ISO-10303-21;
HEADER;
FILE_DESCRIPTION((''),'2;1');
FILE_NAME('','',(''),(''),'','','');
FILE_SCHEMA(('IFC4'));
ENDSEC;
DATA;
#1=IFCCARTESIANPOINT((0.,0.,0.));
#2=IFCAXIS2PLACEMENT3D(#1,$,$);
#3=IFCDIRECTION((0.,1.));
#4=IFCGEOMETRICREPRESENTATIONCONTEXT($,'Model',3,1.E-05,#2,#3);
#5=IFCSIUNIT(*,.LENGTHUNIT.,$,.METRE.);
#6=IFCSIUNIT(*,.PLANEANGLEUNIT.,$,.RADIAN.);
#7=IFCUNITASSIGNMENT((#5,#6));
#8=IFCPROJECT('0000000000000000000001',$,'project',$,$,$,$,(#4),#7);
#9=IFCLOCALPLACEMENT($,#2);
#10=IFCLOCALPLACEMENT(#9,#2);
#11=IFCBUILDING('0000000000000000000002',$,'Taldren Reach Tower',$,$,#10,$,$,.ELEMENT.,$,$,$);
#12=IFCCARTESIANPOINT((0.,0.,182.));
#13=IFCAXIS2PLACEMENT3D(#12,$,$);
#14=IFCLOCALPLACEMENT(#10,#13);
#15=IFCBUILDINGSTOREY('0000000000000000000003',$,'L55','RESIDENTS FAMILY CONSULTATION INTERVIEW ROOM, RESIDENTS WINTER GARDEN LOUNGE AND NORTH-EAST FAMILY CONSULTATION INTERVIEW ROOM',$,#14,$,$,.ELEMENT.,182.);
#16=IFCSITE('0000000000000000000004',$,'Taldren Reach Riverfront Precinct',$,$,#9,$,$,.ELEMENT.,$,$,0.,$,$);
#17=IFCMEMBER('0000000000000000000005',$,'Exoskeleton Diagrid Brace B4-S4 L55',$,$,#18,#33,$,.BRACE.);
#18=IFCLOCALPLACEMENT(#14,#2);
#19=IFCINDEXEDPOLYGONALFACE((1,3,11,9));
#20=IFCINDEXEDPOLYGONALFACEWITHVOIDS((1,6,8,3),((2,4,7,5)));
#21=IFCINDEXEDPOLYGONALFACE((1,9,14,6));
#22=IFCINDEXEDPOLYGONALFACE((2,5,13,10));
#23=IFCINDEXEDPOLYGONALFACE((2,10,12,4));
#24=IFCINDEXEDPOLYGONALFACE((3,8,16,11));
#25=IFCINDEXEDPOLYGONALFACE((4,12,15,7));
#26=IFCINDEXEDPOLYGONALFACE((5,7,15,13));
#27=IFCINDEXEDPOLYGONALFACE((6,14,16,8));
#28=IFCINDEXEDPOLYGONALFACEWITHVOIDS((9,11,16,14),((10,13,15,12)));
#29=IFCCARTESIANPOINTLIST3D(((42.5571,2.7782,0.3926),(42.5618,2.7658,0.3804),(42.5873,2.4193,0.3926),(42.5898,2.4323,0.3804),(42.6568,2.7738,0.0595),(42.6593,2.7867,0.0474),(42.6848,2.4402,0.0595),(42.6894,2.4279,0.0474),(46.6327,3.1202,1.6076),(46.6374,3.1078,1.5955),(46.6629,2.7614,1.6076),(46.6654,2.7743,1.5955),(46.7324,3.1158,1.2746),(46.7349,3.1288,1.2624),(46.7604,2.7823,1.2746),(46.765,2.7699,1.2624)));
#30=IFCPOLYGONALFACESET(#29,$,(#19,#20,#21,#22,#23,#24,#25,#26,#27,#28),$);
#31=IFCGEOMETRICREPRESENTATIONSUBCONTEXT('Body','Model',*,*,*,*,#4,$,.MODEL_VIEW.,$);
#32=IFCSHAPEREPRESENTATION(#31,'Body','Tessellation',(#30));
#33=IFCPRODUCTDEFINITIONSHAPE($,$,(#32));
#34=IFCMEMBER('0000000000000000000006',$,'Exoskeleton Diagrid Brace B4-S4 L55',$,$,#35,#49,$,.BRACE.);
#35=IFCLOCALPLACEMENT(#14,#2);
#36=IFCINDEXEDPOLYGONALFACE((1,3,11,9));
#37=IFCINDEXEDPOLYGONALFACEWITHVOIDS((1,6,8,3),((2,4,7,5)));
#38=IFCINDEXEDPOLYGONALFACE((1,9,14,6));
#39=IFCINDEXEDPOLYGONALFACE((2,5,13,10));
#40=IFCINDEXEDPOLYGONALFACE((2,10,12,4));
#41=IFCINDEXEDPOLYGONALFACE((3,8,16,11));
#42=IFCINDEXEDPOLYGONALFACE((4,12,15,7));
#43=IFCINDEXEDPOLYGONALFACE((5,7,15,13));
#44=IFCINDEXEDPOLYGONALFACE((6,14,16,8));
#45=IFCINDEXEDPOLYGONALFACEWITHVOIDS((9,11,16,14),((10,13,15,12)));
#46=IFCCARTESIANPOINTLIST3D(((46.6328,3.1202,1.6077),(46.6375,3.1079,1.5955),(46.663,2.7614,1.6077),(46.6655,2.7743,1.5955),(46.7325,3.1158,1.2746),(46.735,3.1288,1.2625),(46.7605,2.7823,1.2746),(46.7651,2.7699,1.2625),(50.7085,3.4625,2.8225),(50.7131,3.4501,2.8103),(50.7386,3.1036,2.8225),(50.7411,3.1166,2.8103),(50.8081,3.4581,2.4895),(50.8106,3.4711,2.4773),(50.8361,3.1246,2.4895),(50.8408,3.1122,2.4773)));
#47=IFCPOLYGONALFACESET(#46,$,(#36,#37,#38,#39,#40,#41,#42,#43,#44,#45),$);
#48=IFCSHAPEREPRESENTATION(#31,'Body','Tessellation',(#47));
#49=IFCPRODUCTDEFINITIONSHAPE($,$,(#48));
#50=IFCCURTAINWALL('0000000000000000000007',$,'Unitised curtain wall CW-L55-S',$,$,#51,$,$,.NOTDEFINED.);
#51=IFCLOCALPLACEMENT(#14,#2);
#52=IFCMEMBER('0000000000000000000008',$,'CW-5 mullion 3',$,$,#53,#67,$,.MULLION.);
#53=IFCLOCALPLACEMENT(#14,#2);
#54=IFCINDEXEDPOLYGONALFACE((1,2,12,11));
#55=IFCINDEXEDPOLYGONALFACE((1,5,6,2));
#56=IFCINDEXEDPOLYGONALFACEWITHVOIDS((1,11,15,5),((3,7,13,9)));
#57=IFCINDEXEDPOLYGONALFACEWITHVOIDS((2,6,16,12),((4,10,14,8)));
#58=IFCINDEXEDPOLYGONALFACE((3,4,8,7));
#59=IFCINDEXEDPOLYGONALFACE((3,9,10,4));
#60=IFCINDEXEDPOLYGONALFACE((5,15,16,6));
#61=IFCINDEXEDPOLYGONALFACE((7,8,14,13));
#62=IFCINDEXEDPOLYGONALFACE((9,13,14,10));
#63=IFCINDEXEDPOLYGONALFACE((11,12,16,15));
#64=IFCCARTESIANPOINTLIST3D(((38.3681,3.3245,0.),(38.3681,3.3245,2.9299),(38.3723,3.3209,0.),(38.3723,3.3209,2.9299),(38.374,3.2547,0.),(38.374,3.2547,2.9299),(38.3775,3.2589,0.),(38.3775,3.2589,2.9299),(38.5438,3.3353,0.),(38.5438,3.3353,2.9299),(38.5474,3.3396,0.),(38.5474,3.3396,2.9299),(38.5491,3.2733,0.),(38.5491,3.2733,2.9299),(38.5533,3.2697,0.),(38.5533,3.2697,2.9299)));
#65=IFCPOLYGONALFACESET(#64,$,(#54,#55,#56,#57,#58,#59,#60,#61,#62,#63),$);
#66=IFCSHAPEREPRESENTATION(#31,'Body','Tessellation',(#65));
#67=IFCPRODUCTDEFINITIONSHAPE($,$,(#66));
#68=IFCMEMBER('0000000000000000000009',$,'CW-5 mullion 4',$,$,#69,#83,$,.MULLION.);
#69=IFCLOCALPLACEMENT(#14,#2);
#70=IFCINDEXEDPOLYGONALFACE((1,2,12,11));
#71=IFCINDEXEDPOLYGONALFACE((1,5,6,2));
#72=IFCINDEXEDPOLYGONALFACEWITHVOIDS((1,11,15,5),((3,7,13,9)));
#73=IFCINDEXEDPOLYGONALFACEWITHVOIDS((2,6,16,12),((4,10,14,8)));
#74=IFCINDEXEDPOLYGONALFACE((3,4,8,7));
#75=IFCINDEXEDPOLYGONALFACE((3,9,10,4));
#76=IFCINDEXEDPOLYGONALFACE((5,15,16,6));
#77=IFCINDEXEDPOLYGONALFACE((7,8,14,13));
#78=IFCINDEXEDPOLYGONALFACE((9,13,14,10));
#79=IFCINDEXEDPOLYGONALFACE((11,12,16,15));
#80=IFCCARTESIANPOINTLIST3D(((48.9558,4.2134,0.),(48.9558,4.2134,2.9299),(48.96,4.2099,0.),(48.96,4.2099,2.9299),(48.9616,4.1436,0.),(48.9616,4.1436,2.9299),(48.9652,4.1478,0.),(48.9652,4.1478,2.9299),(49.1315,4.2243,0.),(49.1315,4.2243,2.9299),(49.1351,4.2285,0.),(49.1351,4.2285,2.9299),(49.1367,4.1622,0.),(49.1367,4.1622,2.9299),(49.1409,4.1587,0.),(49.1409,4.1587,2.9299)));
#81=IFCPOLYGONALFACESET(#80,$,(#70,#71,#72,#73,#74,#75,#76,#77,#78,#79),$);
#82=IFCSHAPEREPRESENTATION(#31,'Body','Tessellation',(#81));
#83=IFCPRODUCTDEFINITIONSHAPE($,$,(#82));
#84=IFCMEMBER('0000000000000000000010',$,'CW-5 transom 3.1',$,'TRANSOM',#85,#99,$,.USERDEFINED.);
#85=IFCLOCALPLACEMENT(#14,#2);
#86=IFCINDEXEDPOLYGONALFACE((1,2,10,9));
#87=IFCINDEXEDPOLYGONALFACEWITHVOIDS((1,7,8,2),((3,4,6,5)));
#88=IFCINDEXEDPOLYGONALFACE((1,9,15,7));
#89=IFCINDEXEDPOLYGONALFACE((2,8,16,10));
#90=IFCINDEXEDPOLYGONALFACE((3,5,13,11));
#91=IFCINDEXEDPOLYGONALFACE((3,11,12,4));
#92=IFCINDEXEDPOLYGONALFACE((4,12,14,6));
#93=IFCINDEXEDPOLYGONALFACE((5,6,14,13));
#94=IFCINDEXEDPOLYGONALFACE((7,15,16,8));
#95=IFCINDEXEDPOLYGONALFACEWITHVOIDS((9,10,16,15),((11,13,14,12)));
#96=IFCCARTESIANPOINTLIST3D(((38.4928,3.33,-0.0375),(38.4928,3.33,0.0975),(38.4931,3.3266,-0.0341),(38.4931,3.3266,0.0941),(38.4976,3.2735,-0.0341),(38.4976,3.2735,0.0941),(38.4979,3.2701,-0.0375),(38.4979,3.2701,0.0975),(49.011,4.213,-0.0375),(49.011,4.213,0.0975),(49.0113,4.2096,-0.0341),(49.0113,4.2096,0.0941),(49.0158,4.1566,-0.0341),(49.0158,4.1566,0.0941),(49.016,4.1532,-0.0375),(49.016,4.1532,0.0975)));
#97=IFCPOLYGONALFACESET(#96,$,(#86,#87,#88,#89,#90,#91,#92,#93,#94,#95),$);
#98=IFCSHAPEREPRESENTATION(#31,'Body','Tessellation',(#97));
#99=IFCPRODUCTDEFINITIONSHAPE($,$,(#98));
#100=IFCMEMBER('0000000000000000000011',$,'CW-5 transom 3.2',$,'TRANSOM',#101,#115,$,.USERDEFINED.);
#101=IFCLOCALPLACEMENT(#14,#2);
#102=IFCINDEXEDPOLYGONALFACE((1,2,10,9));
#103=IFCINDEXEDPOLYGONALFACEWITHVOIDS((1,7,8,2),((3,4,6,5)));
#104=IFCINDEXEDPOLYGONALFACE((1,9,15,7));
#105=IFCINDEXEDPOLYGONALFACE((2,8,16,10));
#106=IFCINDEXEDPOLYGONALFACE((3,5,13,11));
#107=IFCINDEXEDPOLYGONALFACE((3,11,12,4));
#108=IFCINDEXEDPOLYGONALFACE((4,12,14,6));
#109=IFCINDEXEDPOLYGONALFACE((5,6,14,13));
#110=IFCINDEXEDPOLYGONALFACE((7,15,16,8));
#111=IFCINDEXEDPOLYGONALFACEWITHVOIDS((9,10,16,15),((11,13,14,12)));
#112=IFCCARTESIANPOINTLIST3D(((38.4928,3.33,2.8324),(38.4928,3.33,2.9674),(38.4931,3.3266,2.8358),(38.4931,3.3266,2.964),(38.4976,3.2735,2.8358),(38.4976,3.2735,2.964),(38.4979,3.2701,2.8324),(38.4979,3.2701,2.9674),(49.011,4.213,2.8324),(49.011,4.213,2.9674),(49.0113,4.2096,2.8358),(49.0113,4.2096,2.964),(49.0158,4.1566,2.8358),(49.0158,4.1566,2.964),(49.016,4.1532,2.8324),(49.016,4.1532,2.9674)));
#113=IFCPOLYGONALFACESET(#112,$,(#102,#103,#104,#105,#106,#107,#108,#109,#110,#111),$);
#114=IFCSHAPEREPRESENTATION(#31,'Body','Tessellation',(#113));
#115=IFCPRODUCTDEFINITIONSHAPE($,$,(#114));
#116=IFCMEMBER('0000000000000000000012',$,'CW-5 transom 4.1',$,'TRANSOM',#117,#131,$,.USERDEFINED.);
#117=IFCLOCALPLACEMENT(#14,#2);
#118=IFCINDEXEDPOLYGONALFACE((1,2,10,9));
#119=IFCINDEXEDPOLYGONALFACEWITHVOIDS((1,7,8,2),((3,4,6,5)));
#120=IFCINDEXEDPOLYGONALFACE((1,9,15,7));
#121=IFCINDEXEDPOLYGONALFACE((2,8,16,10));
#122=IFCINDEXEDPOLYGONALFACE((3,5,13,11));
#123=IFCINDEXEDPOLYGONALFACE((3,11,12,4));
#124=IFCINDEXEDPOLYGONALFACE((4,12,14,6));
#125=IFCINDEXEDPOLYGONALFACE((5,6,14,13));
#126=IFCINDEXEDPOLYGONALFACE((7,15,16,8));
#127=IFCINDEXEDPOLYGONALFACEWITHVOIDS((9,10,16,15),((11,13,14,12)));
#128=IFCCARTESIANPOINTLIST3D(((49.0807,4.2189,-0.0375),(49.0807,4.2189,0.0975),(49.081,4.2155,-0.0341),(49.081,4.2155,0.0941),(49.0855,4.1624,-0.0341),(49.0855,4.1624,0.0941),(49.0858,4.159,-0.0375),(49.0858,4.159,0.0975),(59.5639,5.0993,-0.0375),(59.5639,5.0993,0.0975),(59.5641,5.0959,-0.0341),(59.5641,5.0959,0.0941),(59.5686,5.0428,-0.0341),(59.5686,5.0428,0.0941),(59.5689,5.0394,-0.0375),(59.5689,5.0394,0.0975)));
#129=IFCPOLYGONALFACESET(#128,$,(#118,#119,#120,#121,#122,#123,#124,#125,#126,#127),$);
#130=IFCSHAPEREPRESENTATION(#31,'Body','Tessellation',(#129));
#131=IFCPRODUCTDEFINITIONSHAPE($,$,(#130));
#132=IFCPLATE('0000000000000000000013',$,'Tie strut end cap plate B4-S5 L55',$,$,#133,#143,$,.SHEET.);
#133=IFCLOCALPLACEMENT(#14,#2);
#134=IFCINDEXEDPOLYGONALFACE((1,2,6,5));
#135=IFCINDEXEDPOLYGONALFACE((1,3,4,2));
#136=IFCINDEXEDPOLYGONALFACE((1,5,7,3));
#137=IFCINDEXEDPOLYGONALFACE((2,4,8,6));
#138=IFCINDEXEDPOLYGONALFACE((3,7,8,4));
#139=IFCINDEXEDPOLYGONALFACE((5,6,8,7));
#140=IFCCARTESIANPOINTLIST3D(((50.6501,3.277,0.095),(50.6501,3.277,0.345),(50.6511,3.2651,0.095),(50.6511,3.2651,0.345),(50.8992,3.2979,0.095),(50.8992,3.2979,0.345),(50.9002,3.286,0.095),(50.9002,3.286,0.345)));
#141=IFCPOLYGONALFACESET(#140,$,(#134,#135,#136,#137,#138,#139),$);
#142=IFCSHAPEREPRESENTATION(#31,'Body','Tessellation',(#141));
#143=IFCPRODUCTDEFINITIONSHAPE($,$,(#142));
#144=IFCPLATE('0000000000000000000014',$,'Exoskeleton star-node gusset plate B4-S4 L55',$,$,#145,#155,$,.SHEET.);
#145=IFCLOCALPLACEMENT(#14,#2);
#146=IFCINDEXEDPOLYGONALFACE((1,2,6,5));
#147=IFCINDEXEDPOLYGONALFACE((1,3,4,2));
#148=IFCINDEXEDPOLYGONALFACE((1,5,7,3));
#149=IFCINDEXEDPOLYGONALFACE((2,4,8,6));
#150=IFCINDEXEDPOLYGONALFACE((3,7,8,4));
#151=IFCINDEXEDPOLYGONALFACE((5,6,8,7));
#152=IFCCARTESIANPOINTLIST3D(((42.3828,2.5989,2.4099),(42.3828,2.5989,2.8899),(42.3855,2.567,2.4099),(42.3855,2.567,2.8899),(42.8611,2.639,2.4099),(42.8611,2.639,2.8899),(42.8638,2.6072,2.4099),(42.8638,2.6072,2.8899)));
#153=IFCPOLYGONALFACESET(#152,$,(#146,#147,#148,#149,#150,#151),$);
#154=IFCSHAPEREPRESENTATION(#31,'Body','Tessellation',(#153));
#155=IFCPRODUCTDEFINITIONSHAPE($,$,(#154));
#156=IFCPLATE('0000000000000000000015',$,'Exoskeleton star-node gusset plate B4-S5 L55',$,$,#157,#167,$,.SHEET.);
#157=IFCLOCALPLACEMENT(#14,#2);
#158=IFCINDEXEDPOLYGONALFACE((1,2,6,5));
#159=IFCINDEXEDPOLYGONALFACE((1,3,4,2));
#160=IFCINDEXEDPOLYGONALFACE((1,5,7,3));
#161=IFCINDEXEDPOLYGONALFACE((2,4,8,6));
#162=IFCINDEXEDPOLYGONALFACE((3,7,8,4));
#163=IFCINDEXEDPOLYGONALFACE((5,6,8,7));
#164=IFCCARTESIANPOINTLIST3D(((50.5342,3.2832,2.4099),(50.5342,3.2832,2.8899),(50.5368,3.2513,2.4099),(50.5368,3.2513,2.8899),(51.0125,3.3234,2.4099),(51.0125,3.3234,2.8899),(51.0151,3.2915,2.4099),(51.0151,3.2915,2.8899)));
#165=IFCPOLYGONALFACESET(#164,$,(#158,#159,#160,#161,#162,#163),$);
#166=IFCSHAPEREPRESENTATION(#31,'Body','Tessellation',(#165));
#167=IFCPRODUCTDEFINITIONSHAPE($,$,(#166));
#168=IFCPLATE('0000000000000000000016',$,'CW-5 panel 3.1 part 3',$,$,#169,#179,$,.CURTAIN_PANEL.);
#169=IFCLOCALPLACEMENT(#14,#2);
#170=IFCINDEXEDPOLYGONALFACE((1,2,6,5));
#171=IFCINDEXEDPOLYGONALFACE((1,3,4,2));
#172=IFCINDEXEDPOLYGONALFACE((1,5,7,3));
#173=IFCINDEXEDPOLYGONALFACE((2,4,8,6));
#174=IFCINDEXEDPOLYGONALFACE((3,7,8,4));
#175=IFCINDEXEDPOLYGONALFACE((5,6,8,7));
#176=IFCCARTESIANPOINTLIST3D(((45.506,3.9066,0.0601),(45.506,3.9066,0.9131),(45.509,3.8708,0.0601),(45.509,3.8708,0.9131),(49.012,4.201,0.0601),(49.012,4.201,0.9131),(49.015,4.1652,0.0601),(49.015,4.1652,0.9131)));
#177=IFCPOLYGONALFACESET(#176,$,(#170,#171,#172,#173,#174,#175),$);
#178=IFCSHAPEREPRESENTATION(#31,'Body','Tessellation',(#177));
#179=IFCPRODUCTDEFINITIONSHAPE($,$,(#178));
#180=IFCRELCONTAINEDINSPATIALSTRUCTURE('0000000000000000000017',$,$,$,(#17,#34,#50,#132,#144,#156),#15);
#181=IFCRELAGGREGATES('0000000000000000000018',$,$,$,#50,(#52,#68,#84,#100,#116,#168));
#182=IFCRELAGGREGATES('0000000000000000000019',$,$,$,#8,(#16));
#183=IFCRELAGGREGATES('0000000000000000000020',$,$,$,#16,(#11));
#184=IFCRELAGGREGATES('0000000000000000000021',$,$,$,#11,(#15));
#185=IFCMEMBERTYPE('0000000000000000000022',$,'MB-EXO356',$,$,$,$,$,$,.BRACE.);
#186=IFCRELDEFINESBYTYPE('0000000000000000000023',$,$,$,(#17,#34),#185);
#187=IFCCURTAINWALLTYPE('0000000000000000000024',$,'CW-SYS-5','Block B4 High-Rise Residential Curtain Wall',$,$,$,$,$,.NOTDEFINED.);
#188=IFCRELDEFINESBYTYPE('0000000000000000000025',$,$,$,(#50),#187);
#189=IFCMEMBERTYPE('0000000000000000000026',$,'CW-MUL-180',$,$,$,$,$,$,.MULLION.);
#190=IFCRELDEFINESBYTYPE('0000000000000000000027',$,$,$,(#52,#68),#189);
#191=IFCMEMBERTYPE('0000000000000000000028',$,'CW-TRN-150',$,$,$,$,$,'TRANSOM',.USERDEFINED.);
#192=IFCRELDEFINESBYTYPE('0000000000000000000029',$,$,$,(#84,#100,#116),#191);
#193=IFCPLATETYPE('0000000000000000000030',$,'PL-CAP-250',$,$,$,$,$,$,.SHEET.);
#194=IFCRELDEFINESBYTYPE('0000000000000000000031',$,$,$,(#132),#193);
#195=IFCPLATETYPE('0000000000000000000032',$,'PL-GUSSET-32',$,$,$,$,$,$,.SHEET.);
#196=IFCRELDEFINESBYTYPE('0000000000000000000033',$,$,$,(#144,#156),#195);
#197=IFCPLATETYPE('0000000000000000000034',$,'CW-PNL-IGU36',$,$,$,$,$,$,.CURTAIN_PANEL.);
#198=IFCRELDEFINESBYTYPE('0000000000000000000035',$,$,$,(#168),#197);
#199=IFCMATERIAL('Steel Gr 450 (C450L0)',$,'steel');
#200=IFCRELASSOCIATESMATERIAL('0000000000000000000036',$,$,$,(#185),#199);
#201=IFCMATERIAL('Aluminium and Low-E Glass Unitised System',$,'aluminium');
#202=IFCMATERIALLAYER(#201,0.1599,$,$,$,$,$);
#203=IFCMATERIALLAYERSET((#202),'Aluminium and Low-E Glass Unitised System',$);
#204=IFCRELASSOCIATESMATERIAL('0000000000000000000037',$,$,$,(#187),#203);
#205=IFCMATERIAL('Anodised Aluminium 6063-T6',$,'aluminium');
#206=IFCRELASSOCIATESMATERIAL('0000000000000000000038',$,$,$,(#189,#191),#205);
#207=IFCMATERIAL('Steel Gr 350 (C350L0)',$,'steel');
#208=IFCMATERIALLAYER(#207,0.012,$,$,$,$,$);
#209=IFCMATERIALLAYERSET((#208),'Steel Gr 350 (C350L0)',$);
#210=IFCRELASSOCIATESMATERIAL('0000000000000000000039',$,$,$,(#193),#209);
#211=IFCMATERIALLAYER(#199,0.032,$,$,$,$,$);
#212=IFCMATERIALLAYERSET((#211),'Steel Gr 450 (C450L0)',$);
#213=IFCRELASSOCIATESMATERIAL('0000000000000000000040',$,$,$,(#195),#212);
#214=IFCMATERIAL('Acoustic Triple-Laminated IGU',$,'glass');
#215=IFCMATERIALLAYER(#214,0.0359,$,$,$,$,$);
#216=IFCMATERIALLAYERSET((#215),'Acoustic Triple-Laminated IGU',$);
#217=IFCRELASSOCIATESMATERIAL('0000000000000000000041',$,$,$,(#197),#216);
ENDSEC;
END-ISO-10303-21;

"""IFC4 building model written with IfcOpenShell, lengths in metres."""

from ifc_helpers import new_model, si_unit, direction, frame, origin, origin_2d, place, context, subcontext, project, spatial, rectangle, hollow_rectangle, extrude, source, transform, mapped, material, layer, layer_set, material_profile, profile_set, type_object, element, aggregate, save


model = new_model("IFC4")

# Units and contexts
model_context = context("Model", 3, precision=1e-05, world=origin(), true_north=direction((0.0, 1.0)))
body_context = subcontext(model_context, "Body", "Model", "MODEL_VIEW")
ifc_project = project(units=[si_unit("LENGTHUNIT", "METRE"), si_unit("PLANEANGLEUNIT", "RADIAN")], contexts=[model_context])

# Site, building, storey
site_placement = place(None, origin())
site = spatial("IfcSite", under=ifc_project, at=site_placement, Name="Taldren Reach Riverfront Precinct", CompositionType="ELEMENT", RefElevation=0.0)
building_placement = place(site_placement, origin())
building = spatial("IfcBuilding", under=site, at=building_placement, Name="Taldren Reach Tower", CompositionType="ELEMENT")
storey_placement = place(building_placement, frame((0.0, 0.0, 182.0)))
storey = spatial("IfcBuildingStorey", under=building, at=storey_placement, Name="L55", Description="RESIDENTS FAMILY CONSULTATION INTERVIEW ROOM, RESIDENTS WINTER GARDEN LOUNGE AND NORTH-EAST FAMILY CONSULTATION INTERVIEW ROOM", CompositionType="ELEMENT", Elevation=182.0)

# Shared definitions
ifc_material_1 = material(Name="Steel Gr 350 (C350L0)", Category="steel")

# Members
ifc_material_2 = material(Name="Steel Gr 450 (C450L0)", Category="steel")
ifc_material_profile_1 = material_profile(ifc_material_2, hollow_rectangle(XDim=0.3601, YDim=0.3601, WallThickness=0.0127, at=origin_2d()), Name="360x360x12.7SHS")
ifc_profile_set_1 = profile_set([ifc_material_profile_1], Name="Steel Gr 450 (C450L0)")
member_type_1 = type_object("IfcMemberType", Name="MB-EXO356", PredefinedType="BRACE", material=ifc_profile_set_1)
shared_shape_1 = source(origin(), body_context, "Body", "SweptSolid", [
    extrude(hollow_rectangle(XDim=0.3601, YDim=0.3601, WallThickness=0.0127, at=origin_2d()), origin(), (0.0, 0.0, 1.0), 4.2666),
])
for number, where, z_axis, x_axis, name in (
    (1, (42.6233, 2.603, 0.22), (0.955234, 0.080165, 0.284785), (-0.083628, 0.996497, 0.0), "Exoskeleton Diagrid Brace B4-S4 L55"),
    (2, (46.699, 2.9451, 1.4351), (0.955245, 0.080224, 0.284731), (-0.083688, 0.996492, 0.0), "Exoskeleton Diagrid Brace B4-S4 L55"),
):
    element("IfcMember", number, at=place(storey_placement, frame(where, z_axis=z_axis, x_axis=x_axis)), inside=storey, type_object=member_type_1, Name=name, PredefinedType="BRACE", context=body_context, shape_type="MappedRepresentation", body=[
        mapped(shared_shape_1, transform((0.0, 0.0, 0.0), scale=1.0)),
    ])

# Curtain wall, members
ifc_material_3 = material(Name="Aluminium and Low-E Glass Unitised System", Category="aluminium")
ifc_layer_1 = layer(ifc_material_3, 0.1599)
ifc_layer_set_1 = layer_set([ifc_layer_1], Name="Aluminium and Low-E Glass Unitised System")
curtain_wall_type = type_object("IfcCurtainWallType", Name="CW-SYS-5", Description="Block B4 High-Rise Residential Curtain Wall", PredefinedType="NOTDEFINED", material=ifc_layer_set_1)
curtain_wall_placement = place(storey_placement, origin())
curtain_wall = element("IfcCurtainWall", 3, at=curtain_wall_placement, inside=storey, type_object=curtain_wall_type, Name="Unitised curtain wall CW-L55-S", PredefinedType="NOTDEFINED")
ifc_material_4 = material(Name="Anodised Aluminium 6063-T6", Category="aluminium")
ifc_material_profile_2 = material_profile(ifc_material_4, hollow_rectangle(XDim=0.0701, YDim=0.1799, WallThickness=0.0039, at=origin_2d()), Name="ALU-180x70x4RHS")
ifc_profile_set_2 = profile_set([ifc_material_profile_2], Name="Anodised Aluminium 6063-T6")
member_type_2 = type_object("IfcMemberType", Name="CW-MUL-180", PredefinedType="MULLION", material=ifc_profile_set_2)
shared_shape_2 = source(origin(), body_context, "Body", "SweptSolid", [
    extrude(hollow_rectangle(XDim=0.0701, YDim=0.1799, WallThickness=0.0039, at=origin_2d()), origin(), (0.0, 0.0, 1.0), 2.9299),
])
member_1_placement = place(storey_placement, frame((38.4607, 3.2971, 0.0), z_axis=(0.0, 0.0, 1.0), x_axis=(-0.083678, 0.996493, 0.0)))
member_1 = element("IfcMember", 4, at=member_1_placement, type_object=member_type_2, Name="CW-5 mullion 3", PredefinedType="MULLION", context=body_context, shape_type="MappedRepresentation", body=[
    mapped(shared_shape_2, transform((0.0, 0.0, 0.0), scale=1.0)),
])
member_2_placement = place(storey_placement, frame((49.0483, 4.186, 0.0), z_axis=(0.0, 0.0, 1.0), x_axis=(-0.083678, 0.996493, 0.0)))
member_2 = element("IfcMember", 5, at=member_2_placement, type_object=member_type_2, Name="CW-5 mullion 4", PredefinedType="MULLION", context=body_context, shape_type="MappedRepresentation", body=[
    mapped(shared_shape_2, transform((0.0, 0.0, 0.0), scale=1.0)),
])
ifc_material_profile_3 = material_profile(ifc_material_4, hollow_rectangle(XDim=0.0601, YDim=0.135, WallThickness=0.0034, at=origin_2d()), Name="ALU-135x60x3.5RHS")
ifc_profile_set_3 = profile_set([ifc_material_profile_3], Name="Anodised Aluminium 6063-T6")
member_type_3 = type_object("IfcMemberType", Name="CW-TRN-150", ElementType="TRANSOM", PredefinedType="USERDEFINED", material=ifc_profile_set_3)
shared_shape_3 = source(origin(), body_context, "Body", "SweptSolid", [
    extrude(hollow_rectangle(XDim=0.0601, YDim=0.135, WallThickness=0.0034, at=origin_2d()), origin(), (0.0, 0.0, 1.0), 10.5552),
])
member_3_placement = place(storey_placement, frame((38.4954, 3.3, 0.03), z_axis=(0.996494, 0.083662, 0.0), x_axis=(-0.083662, 0.996494, 0.0)))
member_3 = element("IfcMember", 6, at=member_3_placement, type_object=member_type_3, Name="CW-5 transom 3.1", ObjectType="TRANSOM", PredefinedType="USERDEFINED", context=body_context, shape_type="MappedRepresentation", body=[
    mapped(shared_shape_3, transform((0.0, 0.0, 0.0), scale=1.0)),
])
member_4_placement = place(storey_placement, frame((38.4954, 3.3, 2.8999), z_axis=(0.996494, 0.083662, 0.0), x_axis=(-0.083662, 0.996494, 0.0)))
member_4 = element("IfcMember", 7, at=member_4_placement, type_object=member_type_3, Name="CW-5 transom 3.2", ObjectType="TRANSOM", PredefinedType="USERDEFINED", context=body_context, shape_type="MappedRepresentation", body=[
    mapped(shared_shape_3, transform((0.0, 0.0, 0.0), scale=1.0)),
])
shared_shape_4 = source(origin(), body_context, "Body", "SweptSolid", [
    extrude(hollow_rectangle(XDim=0.0601, YDim=0.135, WallThickness=0.0034, at=origin_2d()), origin(), (0.0, 0.0, 1.0), 10.52),
])
member_5_placement = place(storey_placement, frame((49.0833, 4.189, 0.03), z_axis=(0.996492, 0.083685, 0.0), x_axis=(-0.083685, 0.996492, 0.0)))
member_5 = element("IfcMember", 8, at=member_5_placement, type_object=member_type_3, Name="CW-5 transom 4.1", ObjectType="TRANSOM", PredefinedType="USERDEFINED", context=body_context, shape_type="MappedRepresentation", body=[
    mapped(shared_shape_4, transform((0.0, 0.0, 0.0), scale=1.0)),
])

# Plates
ifc_layer_2 = layer(ifc_material_1, 0.012)
ifc_layer_set_2 = layer_set([ifc_layer_2], Name="Steel Gr 350 (C350L0)")
plate_type_1 = type_object("IfcPlateType", Name="PL-CAP-250", PredefinedType="SHEET", material=ifc_layer_set_2)
shared_shape_5 = source(origin(), body_context, "Body", "SweptSolid", [
    extrude(rectangle(XDim=0.25, YDim=0.012, at=origin_2d()), origin(), (0.0, 0.0, 1.0), 0.25),
])
plate_1_placement = place(storey_placement, frame((50.7751, 3.2815, 0.095), z_axis=(0.0, 0.0, 1.0), x_axis=(0.996493, 0.083678, 0.0)))
element("IfcPlate", 9, at=plate_1_placement, inside=storey, type_object=plate_type_1, Name="Tie strut end cap plate B4-S5 L55", PredefinedType="SHEET", context=body_context, shape_type="MappedRepresentation", body=[
    mapped(shared_shape_5, transform((0.0, 0.0, 0.0), scale=1.0)),
])
ifc_layer_3 = layer(ifc_material_2, 0.032)
ifc_layer_set_3 = layer_set([ifc_layer_3], Name="Steel Gr 450 (C450L0)")
plate_type_2 = type_object("IfcPlateType", Name="PL-GUSSET-32", PredefinedType="SHEET", material=ifc_layer_set_3)
shared_shape_6 = source(origin(), body_context, "Body", "SweptSolid", [
    extrude(rectangle(XDim=0.48, YDim=0.032, at=origin_2d()), origin(), (0.0, 0.0, 1.0), 0.48),
])
for number, where, z_axis, x_axis, name in (
    (10, (42.6233, 2.603, 2.4099), (0.0, 0.0, 1.0), (0.996493, 0.083678, 0.0), "Exoskeleton star-node gusset plate B4-S4 L55"),
    (11, (50.7747, 3.2874, 2.4099), (0.0, 0.0, 1.0), (0.996493, 0.083678, 0.0), "Exoskeleton star-node gusset plate B4-S5 L55"),
):
    element("IfcPlate", number, at=place(storey_placement, frame(where, z_axis=z_axis, x_axis=x_axis)), inside=storey, type_object=plate_type_2, Name=name, PredefinedType="SHEET", context=body_context, shape_type="MappedRepresentation", body=[
        mapped(shared_shape_6, transform((0.0, 0.0, 0.0), scale=1.0)),
    ])

# Plate
ifc_material_5 = material(Name="Acoustic Triple-Laminated IGU", Category="glass")
ifc_layer_4 = layer(ifc_material_5, 0.0359)
ifc_layer_set_4 = layer_set([ifc_layer_4], Name="Acoustic Triple-Laminated IGU")
plate_type_3 = type_object("IfcPlateType", Name="CW-PNL-IGU36", PredefinedType="CURTAIN_PANEL", material=ifc_layer_set_4)
shared_shape_7 = source(origin(), body_context, "Body", "SweptSolid", [
    extrude(rectangle(XDim=3.5183, YDim=0.0359, at=origin_2d()), origin(), (0.0, 0.0, 1.0), 0.853),
])
plate_2_placement = place(storey_placement, frame((47.2605, 4.0359, 0.0601), z_axis=(0.0, 0.0, 1.0), x_axis=(0.996493, 0.083678, 0.0)))
plate_2 = element("IfcPlate", 12, at=plate_2_placement, type_object=plate_type_3, Name="CW-5 panel 3.1 part 3", PredefinedType="CURTAIN_PANEL", context=body_context, shape_type="MappedRepresentation", body=[
    mapped(shared_shape_7, transform((0.0, 0.0, 0.0), scale=1.0)),
])
aggregate(curtain_wall, [member_1, member_2, member_3, member_4, member_5, plate_2])

save(model, "model.ifc")
